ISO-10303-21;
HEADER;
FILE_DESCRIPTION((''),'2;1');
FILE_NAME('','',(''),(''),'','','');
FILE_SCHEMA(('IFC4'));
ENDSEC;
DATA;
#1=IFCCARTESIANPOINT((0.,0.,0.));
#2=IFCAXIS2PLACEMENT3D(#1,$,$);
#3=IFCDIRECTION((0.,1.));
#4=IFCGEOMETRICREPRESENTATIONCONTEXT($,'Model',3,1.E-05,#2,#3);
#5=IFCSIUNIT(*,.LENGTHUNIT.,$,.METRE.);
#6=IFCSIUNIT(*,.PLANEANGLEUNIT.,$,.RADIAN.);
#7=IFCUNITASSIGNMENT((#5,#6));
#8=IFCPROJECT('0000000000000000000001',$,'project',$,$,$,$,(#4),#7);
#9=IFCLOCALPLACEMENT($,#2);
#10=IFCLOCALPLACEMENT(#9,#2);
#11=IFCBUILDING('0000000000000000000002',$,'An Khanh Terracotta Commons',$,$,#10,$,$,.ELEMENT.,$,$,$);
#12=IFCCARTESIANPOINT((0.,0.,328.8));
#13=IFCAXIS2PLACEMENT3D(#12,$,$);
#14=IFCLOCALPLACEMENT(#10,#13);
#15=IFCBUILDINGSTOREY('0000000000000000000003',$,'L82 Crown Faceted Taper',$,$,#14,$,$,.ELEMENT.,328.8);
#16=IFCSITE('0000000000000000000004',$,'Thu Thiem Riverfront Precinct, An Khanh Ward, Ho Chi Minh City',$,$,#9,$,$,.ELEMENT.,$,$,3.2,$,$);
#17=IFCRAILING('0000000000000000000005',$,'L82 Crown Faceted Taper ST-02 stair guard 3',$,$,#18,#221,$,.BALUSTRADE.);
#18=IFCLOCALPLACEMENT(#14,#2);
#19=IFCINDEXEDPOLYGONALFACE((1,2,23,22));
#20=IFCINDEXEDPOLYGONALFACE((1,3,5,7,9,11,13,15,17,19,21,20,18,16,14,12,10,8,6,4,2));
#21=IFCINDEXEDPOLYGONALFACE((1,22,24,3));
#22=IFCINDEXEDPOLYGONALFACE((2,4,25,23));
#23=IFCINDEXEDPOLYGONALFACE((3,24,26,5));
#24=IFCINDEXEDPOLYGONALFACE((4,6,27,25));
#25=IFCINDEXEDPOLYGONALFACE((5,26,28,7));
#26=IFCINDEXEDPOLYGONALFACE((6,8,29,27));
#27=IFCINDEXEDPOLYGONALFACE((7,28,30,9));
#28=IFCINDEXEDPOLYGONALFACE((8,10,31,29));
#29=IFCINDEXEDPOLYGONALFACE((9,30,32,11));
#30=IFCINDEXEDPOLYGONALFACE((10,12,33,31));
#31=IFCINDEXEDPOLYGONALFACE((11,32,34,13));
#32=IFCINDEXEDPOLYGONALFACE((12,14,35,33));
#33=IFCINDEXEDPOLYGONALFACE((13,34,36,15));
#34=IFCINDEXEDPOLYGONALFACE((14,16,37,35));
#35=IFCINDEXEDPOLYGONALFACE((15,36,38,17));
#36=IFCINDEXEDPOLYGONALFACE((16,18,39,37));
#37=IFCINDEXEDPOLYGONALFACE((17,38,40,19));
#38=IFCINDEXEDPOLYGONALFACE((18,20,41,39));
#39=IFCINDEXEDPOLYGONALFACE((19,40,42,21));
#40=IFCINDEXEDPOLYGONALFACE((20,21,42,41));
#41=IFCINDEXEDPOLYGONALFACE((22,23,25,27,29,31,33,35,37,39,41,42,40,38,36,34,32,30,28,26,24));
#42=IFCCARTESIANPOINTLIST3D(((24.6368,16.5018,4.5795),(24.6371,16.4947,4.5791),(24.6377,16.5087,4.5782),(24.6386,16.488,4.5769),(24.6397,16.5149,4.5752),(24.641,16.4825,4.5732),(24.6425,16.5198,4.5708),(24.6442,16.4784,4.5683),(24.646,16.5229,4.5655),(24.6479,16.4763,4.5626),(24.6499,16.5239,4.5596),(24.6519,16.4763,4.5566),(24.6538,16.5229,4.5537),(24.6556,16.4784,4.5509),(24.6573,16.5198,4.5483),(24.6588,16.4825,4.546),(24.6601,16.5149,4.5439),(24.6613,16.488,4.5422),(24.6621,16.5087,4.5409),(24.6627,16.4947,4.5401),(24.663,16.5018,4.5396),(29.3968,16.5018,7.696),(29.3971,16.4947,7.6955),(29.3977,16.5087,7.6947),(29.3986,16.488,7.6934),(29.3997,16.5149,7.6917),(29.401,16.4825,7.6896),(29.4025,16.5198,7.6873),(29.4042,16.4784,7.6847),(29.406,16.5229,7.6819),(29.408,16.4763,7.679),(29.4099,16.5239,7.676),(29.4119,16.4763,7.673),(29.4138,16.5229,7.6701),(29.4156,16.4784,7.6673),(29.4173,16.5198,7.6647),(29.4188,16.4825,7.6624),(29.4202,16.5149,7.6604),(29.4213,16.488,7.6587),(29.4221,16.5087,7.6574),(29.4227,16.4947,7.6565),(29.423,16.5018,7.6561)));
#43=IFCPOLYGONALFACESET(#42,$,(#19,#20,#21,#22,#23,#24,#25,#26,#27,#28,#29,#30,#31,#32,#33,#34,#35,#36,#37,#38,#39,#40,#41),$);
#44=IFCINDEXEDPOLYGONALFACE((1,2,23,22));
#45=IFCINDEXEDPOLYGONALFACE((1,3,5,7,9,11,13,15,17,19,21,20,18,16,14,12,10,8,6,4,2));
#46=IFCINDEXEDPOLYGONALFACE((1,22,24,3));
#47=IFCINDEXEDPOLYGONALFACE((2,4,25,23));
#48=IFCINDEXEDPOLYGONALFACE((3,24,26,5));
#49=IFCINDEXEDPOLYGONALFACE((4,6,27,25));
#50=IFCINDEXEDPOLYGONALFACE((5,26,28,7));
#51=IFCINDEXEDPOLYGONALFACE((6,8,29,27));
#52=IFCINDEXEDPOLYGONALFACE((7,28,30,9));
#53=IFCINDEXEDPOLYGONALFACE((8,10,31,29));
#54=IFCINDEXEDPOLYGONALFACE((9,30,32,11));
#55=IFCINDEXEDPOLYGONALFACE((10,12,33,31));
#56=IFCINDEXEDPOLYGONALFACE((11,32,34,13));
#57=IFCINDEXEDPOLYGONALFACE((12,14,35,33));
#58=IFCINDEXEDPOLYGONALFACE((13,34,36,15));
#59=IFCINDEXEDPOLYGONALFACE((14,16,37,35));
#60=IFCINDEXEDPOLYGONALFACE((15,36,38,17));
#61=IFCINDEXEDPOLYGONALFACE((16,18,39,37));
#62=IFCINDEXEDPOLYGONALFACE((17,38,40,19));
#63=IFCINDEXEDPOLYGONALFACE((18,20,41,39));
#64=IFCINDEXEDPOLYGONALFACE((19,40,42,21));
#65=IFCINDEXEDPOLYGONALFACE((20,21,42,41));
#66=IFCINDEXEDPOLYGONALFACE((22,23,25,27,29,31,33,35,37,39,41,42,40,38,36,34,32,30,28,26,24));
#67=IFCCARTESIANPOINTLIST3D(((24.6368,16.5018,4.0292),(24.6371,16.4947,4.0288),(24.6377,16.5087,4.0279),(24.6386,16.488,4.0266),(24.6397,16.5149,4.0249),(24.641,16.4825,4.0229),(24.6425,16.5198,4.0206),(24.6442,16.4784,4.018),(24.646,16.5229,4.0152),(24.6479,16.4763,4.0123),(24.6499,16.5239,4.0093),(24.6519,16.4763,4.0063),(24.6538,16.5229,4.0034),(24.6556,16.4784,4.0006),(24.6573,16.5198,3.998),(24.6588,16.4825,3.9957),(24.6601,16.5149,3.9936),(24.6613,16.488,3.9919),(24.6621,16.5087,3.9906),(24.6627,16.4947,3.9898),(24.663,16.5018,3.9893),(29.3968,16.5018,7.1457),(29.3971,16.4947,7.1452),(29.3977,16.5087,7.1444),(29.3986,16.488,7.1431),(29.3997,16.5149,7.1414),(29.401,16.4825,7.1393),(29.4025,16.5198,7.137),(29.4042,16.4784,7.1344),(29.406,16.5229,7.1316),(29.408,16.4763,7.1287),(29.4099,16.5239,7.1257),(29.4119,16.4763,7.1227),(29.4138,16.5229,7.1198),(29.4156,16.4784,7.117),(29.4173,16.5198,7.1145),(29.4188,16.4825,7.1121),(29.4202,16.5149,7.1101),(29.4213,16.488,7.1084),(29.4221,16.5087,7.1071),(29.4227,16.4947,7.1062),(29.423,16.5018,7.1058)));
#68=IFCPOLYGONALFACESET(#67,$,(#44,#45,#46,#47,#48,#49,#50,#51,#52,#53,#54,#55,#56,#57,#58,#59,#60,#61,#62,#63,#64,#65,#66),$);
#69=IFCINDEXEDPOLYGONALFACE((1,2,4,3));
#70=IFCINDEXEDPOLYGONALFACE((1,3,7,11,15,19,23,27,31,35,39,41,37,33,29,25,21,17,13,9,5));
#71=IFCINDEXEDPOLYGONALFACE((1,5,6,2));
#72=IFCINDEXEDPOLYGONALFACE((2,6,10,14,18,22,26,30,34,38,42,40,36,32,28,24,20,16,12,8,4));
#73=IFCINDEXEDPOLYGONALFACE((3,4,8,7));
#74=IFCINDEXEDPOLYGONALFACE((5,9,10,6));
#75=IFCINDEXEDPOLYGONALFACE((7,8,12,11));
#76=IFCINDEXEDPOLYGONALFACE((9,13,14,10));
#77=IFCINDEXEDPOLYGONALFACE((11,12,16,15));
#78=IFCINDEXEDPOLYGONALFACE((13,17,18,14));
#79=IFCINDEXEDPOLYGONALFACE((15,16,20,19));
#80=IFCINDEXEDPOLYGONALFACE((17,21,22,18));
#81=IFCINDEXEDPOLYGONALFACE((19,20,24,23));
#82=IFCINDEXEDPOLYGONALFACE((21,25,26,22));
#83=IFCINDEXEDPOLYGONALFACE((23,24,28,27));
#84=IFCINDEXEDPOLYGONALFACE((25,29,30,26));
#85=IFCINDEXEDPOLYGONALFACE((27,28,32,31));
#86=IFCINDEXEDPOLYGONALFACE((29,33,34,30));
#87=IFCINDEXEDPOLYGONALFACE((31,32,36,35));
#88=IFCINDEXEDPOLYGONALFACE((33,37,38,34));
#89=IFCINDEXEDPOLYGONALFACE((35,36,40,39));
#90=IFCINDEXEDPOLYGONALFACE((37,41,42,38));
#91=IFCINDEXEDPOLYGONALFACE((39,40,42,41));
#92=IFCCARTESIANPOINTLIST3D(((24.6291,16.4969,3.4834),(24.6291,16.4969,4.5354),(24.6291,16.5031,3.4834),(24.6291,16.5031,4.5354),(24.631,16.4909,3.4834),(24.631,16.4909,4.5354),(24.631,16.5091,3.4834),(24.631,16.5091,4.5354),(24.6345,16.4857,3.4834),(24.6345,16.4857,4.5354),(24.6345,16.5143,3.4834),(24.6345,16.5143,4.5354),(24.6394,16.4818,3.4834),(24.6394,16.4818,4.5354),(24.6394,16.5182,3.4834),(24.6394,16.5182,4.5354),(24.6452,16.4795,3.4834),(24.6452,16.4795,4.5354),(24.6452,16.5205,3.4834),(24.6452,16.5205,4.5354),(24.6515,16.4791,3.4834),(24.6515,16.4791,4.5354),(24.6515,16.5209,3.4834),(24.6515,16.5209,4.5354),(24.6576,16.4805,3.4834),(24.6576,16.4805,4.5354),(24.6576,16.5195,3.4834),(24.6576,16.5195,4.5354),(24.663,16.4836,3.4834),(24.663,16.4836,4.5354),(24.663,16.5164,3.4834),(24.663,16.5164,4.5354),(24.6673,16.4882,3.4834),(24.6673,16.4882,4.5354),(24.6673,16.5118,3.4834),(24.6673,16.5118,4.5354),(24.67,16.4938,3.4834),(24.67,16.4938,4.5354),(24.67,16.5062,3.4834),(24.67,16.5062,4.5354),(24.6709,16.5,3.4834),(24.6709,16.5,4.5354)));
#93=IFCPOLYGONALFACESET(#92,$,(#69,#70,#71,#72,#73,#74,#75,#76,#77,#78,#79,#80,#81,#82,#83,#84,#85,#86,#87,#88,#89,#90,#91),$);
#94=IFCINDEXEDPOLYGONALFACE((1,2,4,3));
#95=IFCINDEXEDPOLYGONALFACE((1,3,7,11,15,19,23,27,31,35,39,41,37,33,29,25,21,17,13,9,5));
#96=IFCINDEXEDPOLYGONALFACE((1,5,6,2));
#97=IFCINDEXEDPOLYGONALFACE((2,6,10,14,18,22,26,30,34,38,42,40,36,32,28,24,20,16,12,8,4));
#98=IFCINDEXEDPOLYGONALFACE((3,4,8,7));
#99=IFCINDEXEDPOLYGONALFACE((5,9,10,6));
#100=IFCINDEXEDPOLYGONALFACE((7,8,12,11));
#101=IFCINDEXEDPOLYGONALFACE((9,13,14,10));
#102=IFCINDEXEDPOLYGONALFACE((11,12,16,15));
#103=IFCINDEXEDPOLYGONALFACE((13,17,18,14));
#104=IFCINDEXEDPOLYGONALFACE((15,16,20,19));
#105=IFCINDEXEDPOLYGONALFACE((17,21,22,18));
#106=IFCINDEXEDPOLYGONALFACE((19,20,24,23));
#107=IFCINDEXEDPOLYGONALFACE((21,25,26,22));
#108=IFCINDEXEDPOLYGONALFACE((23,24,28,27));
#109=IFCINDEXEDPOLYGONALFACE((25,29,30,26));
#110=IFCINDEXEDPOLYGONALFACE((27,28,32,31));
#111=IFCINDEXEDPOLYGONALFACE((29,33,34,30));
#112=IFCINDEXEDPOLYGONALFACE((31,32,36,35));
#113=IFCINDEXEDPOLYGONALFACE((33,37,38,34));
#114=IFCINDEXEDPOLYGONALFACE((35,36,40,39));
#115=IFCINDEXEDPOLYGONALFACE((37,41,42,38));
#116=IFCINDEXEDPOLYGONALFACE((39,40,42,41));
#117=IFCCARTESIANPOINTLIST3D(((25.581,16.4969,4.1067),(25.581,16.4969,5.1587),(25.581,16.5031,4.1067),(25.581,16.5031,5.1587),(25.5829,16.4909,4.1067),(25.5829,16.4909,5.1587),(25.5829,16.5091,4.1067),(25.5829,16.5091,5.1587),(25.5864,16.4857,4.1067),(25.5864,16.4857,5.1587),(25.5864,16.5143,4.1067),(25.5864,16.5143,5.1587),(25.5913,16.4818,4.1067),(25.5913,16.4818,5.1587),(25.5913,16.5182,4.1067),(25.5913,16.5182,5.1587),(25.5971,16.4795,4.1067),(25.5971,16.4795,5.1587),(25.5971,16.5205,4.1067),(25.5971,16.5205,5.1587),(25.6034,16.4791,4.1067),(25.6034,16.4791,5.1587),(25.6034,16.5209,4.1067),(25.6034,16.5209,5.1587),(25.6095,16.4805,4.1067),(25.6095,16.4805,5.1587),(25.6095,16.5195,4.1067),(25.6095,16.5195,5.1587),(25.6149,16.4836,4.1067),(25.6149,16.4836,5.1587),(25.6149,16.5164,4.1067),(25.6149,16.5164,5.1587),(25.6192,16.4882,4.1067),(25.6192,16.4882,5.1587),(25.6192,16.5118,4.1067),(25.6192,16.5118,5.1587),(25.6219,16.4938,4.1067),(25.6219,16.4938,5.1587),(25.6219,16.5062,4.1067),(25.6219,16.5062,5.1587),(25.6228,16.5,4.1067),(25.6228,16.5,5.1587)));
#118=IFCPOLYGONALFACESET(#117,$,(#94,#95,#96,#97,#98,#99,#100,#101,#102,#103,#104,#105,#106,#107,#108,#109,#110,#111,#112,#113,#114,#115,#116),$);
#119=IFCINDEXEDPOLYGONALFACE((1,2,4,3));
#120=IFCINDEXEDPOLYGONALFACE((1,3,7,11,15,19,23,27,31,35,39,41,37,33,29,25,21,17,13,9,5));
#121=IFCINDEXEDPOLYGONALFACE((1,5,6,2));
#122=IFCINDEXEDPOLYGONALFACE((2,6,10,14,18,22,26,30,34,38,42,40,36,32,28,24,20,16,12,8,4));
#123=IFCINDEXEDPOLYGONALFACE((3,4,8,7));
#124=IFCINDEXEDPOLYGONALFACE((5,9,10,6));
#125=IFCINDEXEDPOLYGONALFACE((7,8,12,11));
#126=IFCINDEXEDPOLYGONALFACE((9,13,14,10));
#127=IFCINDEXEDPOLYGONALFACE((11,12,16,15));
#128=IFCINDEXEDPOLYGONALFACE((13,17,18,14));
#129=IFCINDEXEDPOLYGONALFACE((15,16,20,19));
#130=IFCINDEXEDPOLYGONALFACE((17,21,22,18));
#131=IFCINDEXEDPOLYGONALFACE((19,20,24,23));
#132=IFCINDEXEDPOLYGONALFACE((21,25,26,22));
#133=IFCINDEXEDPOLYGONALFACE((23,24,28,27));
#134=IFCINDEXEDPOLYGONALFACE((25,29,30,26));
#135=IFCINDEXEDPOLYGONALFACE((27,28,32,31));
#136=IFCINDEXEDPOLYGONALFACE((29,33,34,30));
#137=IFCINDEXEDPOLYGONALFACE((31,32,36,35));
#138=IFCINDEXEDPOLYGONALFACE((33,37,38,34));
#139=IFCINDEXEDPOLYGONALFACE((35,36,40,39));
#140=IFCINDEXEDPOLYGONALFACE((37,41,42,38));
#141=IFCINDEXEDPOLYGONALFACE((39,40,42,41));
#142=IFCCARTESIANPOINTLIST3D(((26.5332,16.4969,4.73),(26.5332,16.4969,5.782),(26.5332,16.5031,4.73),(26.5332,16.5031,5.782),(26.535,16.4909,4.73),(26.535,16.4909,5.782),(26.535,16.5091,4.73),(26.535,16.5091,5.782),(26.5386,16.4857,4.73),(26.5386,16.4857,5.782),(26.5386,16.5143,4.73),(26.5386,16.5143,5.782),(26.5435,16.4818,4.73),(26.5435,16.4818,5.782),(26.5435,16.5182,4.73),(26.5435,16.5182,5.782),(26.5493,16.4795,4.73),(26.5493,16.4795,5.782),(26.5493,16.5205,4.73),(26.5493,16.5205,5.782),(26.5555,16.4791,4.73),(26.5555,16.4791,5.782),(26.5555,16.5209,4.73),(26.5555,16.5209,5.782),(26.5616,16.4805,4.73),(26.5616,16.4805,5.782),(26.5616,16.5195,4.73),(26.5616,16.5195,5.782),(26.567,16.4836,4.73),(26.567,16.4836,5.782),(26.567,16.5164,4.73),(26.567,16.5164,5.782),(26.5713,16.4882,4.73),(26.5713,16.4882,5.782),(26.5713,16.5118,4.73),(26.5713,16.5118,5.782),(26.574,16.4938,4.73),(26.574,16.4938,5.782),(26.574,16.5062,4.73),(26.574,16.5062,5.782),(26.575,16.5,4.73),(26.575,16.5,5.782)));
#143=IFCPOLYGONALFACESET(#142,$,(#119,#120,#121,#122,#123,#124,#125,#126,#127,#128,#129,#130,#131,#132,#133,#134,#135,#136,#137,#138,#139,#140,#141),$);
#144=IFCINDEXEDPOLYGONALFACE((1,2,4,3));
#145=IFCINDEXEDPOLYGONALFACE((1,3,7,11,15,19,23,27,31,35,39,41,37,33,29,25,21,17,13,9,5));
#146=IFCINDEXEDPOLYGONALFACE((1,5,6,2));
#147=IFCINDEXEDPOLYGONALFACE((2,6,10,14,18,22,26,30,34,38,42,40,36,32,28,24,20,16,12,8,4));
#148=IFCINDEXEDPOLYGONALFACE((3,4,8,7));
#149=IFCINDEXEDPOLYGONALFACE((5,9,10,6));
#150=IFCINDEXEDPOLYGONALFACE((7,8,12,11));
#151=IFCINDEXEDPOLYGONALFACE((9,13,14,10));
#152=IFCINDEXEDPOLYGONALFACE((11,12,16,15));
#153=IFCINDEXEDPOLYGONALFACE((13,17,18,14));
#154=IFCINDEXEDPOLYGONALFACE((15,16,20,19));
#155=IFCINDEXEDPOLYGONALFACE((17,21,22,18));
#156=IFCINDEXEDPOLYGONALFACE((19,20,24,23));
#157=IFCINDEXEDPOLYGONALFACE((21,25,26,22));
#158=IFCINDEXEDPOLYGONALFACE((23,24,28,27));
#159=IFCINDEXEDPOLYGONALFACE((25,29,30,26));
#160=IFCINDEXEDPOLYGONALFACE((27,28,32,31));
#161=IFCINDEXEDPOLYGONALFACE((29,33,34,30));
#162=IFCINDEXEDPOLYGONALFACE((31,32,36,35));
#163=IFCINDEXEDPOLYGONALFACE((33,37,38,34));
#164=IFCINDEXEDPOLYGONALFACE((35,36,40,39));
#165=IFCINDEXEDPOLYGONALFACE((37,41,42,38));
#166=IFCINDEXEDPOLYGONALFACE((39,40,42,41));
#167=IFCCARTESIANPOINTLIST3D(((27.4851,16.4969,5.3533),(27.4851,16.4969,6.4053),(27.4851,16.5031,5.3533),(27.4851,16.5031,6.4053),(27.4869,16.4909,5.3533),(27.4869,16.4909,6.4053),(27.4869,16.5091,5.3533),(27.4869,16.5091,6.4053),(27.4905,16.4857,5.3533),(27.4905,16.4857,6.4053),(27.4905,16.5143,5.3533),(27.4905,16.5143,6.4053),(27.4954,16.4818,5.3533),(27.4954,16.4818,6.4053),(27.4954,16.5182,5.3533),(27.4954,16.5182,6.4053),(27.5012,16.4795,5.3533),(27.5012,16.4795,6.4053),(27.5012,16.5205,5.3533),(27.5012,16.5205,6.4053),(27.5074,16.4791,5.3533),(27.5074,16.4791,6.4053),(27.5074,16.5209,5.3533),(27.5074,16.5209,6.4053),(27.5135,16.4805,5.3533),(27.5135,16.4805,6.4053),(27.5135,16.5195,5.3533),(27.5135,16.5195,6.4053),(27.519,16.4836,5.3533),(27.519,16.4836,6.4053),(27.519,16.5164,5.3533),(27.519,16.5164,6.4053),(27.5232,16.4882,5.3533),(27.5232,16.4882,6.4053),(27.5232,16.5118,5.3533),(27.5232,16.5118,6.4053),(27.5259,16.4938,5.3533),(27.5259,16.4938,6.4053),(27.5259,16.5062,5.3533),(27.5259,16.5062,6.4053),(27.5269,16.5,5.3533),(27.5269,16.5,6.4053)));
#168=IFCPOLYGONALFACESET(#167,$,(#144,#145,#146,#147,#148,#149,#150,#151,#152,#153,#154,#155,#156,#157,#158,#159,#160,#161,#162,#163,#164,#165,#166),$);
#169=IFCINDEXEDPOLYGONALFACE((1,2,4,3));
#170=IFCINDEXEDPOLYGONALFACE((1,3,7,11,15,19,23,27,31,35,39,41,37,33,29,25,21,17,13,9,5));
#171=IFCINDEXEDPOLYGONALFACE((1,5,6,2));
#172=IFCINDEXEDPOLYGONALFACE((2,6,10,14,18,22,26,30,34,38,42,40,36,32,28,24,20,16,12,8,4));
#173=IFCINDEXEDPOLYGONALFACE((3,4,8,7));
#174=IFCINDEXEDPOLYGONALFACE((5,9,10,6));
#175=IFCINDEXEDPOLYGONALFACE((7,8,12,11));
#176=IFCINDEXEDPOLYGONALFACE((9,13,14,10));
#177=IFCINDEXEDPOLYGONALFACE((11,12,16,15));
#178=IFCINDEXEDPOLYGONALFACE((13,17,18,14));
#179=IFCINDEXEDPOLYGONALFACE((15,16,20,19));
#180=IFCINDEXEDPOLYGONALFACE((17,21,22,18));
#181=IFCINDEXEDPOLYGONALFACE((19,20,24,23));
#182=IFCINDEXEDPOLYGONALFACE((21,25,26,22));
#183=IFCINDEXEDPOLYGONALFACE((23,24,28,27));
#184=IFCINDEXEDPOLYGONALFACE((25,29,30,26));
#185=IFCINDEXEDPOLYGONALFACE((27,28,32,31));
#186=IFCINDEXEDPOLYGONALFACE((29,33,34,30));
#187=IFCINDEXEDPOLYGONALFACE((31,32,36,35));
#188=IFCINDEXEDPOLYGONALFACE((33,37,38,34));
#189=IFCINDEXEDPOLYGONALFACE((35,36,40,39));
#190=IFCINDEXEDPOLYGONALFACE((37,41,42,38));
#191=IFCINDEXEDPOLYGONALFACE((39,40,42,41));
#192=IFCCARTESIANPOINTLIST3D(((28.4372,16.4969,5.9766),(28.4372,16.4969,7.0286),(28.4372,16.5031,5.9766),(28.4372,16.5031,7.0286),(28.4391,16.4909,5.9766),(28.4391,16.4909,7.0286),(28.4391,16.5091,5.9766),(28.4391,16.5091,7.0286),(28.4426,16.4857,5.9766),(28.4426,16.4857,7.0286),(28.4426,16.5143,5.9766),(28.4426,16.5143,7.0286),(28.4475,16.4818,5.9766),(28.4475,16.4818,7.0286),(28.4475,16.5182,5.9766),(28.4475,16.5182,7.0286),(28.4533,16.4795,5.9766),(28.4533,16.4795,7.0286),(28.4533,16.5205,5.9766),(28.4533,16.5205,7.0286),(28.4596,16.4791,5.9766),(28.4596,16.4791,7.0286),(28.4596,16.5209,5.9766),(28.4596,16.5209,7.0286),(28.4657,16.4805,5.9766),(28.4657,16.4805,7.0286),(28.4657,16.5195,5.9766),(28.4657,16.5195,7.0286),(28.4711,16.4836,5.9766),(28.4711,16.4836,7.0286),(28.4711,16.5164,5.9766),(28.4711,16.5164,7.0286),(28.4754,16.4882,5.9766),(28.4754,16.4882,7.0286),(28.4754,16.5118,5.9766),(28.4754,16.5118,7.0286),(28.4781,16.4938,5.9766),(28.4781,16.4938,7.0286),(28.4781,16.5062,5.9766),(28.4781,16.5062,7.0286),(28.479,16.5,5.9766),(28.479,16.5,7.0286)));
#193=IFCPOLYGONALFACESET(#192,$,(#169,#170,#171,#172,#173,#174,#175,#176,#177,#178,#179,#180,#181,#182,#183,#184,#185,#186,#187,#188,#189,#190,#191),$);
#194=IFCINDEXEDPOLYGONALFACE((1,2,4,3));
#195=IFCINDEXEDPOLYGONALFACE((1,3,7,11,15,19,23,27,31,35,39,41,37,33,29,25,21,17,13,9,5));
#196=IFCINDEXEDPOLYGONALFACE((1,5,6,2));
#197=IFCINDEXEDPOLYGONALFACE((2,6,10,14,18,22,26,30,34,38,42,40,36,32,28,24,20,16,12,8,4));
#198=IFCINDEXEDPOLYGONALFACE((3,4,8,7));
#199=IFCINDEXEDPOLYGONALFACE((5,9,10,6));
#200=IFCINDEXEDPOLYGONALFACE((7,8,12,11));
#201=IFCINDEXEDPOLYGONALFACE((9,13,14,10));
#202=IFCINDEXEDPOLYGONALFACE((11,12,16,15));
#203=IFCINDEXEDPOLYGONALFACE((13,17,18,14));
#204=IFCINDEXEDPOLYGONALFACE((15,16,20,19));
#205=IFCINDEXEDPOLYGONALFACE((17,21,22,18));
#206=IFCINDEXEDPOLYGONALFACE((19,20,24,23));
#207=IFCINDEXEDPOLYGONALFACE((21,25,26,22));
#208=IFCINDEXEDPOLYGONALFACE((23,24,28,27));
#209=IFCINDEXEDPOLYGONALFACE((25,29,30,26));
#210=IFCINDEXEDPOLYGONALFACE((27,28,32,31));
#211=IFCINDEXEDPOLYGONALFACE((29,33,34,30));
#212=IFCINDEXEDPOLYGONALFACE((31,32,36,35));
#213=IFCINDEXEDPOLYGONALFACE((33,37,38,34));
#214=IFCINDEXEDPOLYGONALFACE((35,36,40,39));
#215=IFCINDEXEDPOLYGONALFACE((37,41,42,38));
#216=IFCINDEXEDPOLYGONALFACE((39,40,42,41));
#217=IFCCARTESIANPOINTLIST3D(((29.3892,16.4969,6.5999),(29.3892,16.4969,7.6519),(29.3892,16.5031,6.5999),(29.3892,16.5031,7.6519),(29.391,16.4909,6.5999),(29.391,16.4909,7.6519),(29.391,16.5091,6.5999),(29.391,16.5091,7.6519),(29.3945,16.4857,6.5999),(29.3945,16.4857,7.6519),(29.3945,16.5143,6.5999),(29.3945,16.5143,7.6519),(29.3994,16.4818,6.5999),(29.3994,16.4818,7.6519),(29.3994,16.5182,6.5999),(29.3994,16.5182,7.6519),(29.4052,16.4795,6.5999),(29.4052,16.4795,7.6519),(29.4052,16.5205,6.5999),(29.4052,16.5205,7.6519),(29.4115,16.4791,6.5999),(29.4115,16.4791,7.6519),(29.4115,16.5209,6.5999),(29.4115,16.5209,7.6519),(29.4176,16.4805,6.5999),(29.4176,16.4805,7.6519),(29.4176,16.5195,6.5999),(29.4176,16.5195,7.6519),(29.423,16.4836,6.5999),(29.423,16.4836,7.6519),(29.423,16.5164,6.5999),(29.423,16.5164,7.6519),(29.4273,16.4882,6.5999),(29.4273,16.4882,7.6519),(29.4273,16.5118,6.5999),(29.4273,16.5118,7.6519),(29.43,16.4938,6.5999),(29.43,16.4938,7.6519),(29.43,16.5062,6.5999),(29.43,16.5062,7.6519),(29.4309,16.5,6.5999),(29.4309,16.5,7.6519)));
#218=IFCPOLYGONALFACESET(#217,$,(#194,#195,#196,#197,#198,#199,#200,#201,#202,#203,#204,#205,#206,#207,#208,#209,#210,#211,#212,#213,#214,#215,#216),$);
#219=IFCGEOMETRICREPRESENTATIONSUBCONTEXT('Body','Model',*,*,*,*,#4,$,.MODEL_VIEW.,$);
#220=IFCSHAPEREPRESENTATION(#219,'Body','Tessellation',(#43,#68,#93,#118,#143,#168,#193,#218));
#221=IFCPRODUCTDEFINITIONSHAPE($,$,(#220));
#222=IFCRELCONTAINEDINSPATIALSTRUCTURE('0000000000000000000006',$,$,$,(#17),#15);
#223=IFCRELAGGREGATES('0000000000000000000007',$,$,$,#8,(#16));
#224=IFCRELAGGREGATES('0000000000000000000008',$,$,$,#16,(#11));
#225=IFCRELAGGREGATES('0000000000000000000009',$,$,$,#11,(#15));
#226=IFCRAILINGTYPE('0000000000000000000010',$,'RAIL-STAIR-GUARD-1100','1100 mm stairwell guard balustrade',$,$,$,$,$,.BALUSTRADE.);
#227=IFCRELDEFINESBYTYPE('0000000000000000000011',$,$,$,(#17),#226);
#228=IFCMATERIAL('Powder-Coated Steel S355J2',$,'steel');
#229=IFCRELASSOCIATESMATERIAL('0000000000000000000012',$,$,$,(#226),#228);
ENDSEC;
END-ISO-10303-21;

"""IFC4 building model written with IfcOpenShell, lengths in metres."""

from ifc_helpers import new_model, si_unit, direction, frame, origin, origin_2d, place, context, subcontext, project, spatial, circle, extrude, material, type_object, element, save


model = new_model("IFC4")

# Units and contexts
model_context = context("Model", 3, precision=1e-05, world=origin(), true_north=direction((0.0, 1.0)))
body_context = subcontext(model_context, "Body", "Model", "MODEL_VIEW")
ifc_project = project(units=[si_unit("LENGTHUNIT", "METRE"), si_unit("PLANEANGLEUNIT", "RADIAN")], contexts=[model_context])

# Site, building, storey
site_placement = place(None, origin())
site = spatial("IfcSite", under=ifc_project, at=site_placement, Name="Thu Thiem Riverfront Precinct, An Khanh Ward, Ho Chi Minh City", CompositionType="ELEMENT", RefElevation=3.2)
building_placement = place(site_placement, origin())
building = spatial("IfcBuilding", under=site, at=building_placement, Name="An Khanh Terracotta Commons", CompositionType="ELEMENT")
storey_placement = place(building_placement, frame((0.0, 0.0, 328.8)))
storey = spatial("IfcBuildingStorey", under=building, at=storey_placement, Name="L82 Crown Faceted Taper", CompositionType="ELEMENT", Elevation=328.8)

# Railing
ifc_material_1 = material(Name="Powder-Coated Steel S355J2", Category="steel")
railing_type_1 = type_object("IfcRailingType", Name="RAIL-STAIR-GUARD-1100", Description="1100 mm stairwell guard balustrade", PredefinedType="BALUSTRADE", material=ifc_material_1)
railing_1_placement = place(storey_placement, frame((24.6499, 16.5, 3.4834)))
element("IfcRailing", 1, at=railing_1_placement, inside=storey, type_object=railing_type_1, Name="L82 Crown Faceted Taper ST-02 stair guard 3", PredefinedType="BALUSTRADE", context=body_context, shape_type="SweptSolid", body=[
    extrude(circle(Radius=0.0239, at=origin_2d()), frame((0.0, 0.0, 1.0762), z_axis=(0.836636, 0.0, 0.547759), x_axis=(0.0, 1.0, 0.0)), (0.0, 0.0, 1.0), 5.6895),
    extrude(circle(Radius=0.0239, at=origin_2d()), frame((0.0, 0.0, 0.5259), z_axis=(0.836636, 0.0, 0.547759), x_axis=(0.0, 1.0, 0.0)), (0.0, 0.0, 1.0), 5.6895),
    extrude(circle(Radius=0.021, at=origin_2d()), origin(), (0.0, 0.0, 1.0), 1.052),
    extrude(circle(Radius=0.021, at=origin_2d()), frame((0.9519, 0.0, 0.6233)), (0.0, 0.0, 1.0), 1.052),
    extrude(circle(Radius=0.021, at=origin_2d()), frame((1.9041, 0.0, 1.2466)), (0.0, 0.0, 1.0), 1.052),
    extrude(circle(Radius=0.021, at=origin_2d()), frame((2.856, 0.0, 1.8699)), (0.0, 0.0, 1.0), 1.052),
    extrude(circle(Radius=0.021, at=origin_2d()), frame((3.8081, 0.0, 2.4932)), (0.0, 0.0, 1.0), 1.052),
    extrude(circle(Radius=0.021, at=origin_2d()), frame((4.76, 0.0, 3.1165)), (0.0, 0.0, 1.0), 1.052),
])

save(model, "model.ifc")
